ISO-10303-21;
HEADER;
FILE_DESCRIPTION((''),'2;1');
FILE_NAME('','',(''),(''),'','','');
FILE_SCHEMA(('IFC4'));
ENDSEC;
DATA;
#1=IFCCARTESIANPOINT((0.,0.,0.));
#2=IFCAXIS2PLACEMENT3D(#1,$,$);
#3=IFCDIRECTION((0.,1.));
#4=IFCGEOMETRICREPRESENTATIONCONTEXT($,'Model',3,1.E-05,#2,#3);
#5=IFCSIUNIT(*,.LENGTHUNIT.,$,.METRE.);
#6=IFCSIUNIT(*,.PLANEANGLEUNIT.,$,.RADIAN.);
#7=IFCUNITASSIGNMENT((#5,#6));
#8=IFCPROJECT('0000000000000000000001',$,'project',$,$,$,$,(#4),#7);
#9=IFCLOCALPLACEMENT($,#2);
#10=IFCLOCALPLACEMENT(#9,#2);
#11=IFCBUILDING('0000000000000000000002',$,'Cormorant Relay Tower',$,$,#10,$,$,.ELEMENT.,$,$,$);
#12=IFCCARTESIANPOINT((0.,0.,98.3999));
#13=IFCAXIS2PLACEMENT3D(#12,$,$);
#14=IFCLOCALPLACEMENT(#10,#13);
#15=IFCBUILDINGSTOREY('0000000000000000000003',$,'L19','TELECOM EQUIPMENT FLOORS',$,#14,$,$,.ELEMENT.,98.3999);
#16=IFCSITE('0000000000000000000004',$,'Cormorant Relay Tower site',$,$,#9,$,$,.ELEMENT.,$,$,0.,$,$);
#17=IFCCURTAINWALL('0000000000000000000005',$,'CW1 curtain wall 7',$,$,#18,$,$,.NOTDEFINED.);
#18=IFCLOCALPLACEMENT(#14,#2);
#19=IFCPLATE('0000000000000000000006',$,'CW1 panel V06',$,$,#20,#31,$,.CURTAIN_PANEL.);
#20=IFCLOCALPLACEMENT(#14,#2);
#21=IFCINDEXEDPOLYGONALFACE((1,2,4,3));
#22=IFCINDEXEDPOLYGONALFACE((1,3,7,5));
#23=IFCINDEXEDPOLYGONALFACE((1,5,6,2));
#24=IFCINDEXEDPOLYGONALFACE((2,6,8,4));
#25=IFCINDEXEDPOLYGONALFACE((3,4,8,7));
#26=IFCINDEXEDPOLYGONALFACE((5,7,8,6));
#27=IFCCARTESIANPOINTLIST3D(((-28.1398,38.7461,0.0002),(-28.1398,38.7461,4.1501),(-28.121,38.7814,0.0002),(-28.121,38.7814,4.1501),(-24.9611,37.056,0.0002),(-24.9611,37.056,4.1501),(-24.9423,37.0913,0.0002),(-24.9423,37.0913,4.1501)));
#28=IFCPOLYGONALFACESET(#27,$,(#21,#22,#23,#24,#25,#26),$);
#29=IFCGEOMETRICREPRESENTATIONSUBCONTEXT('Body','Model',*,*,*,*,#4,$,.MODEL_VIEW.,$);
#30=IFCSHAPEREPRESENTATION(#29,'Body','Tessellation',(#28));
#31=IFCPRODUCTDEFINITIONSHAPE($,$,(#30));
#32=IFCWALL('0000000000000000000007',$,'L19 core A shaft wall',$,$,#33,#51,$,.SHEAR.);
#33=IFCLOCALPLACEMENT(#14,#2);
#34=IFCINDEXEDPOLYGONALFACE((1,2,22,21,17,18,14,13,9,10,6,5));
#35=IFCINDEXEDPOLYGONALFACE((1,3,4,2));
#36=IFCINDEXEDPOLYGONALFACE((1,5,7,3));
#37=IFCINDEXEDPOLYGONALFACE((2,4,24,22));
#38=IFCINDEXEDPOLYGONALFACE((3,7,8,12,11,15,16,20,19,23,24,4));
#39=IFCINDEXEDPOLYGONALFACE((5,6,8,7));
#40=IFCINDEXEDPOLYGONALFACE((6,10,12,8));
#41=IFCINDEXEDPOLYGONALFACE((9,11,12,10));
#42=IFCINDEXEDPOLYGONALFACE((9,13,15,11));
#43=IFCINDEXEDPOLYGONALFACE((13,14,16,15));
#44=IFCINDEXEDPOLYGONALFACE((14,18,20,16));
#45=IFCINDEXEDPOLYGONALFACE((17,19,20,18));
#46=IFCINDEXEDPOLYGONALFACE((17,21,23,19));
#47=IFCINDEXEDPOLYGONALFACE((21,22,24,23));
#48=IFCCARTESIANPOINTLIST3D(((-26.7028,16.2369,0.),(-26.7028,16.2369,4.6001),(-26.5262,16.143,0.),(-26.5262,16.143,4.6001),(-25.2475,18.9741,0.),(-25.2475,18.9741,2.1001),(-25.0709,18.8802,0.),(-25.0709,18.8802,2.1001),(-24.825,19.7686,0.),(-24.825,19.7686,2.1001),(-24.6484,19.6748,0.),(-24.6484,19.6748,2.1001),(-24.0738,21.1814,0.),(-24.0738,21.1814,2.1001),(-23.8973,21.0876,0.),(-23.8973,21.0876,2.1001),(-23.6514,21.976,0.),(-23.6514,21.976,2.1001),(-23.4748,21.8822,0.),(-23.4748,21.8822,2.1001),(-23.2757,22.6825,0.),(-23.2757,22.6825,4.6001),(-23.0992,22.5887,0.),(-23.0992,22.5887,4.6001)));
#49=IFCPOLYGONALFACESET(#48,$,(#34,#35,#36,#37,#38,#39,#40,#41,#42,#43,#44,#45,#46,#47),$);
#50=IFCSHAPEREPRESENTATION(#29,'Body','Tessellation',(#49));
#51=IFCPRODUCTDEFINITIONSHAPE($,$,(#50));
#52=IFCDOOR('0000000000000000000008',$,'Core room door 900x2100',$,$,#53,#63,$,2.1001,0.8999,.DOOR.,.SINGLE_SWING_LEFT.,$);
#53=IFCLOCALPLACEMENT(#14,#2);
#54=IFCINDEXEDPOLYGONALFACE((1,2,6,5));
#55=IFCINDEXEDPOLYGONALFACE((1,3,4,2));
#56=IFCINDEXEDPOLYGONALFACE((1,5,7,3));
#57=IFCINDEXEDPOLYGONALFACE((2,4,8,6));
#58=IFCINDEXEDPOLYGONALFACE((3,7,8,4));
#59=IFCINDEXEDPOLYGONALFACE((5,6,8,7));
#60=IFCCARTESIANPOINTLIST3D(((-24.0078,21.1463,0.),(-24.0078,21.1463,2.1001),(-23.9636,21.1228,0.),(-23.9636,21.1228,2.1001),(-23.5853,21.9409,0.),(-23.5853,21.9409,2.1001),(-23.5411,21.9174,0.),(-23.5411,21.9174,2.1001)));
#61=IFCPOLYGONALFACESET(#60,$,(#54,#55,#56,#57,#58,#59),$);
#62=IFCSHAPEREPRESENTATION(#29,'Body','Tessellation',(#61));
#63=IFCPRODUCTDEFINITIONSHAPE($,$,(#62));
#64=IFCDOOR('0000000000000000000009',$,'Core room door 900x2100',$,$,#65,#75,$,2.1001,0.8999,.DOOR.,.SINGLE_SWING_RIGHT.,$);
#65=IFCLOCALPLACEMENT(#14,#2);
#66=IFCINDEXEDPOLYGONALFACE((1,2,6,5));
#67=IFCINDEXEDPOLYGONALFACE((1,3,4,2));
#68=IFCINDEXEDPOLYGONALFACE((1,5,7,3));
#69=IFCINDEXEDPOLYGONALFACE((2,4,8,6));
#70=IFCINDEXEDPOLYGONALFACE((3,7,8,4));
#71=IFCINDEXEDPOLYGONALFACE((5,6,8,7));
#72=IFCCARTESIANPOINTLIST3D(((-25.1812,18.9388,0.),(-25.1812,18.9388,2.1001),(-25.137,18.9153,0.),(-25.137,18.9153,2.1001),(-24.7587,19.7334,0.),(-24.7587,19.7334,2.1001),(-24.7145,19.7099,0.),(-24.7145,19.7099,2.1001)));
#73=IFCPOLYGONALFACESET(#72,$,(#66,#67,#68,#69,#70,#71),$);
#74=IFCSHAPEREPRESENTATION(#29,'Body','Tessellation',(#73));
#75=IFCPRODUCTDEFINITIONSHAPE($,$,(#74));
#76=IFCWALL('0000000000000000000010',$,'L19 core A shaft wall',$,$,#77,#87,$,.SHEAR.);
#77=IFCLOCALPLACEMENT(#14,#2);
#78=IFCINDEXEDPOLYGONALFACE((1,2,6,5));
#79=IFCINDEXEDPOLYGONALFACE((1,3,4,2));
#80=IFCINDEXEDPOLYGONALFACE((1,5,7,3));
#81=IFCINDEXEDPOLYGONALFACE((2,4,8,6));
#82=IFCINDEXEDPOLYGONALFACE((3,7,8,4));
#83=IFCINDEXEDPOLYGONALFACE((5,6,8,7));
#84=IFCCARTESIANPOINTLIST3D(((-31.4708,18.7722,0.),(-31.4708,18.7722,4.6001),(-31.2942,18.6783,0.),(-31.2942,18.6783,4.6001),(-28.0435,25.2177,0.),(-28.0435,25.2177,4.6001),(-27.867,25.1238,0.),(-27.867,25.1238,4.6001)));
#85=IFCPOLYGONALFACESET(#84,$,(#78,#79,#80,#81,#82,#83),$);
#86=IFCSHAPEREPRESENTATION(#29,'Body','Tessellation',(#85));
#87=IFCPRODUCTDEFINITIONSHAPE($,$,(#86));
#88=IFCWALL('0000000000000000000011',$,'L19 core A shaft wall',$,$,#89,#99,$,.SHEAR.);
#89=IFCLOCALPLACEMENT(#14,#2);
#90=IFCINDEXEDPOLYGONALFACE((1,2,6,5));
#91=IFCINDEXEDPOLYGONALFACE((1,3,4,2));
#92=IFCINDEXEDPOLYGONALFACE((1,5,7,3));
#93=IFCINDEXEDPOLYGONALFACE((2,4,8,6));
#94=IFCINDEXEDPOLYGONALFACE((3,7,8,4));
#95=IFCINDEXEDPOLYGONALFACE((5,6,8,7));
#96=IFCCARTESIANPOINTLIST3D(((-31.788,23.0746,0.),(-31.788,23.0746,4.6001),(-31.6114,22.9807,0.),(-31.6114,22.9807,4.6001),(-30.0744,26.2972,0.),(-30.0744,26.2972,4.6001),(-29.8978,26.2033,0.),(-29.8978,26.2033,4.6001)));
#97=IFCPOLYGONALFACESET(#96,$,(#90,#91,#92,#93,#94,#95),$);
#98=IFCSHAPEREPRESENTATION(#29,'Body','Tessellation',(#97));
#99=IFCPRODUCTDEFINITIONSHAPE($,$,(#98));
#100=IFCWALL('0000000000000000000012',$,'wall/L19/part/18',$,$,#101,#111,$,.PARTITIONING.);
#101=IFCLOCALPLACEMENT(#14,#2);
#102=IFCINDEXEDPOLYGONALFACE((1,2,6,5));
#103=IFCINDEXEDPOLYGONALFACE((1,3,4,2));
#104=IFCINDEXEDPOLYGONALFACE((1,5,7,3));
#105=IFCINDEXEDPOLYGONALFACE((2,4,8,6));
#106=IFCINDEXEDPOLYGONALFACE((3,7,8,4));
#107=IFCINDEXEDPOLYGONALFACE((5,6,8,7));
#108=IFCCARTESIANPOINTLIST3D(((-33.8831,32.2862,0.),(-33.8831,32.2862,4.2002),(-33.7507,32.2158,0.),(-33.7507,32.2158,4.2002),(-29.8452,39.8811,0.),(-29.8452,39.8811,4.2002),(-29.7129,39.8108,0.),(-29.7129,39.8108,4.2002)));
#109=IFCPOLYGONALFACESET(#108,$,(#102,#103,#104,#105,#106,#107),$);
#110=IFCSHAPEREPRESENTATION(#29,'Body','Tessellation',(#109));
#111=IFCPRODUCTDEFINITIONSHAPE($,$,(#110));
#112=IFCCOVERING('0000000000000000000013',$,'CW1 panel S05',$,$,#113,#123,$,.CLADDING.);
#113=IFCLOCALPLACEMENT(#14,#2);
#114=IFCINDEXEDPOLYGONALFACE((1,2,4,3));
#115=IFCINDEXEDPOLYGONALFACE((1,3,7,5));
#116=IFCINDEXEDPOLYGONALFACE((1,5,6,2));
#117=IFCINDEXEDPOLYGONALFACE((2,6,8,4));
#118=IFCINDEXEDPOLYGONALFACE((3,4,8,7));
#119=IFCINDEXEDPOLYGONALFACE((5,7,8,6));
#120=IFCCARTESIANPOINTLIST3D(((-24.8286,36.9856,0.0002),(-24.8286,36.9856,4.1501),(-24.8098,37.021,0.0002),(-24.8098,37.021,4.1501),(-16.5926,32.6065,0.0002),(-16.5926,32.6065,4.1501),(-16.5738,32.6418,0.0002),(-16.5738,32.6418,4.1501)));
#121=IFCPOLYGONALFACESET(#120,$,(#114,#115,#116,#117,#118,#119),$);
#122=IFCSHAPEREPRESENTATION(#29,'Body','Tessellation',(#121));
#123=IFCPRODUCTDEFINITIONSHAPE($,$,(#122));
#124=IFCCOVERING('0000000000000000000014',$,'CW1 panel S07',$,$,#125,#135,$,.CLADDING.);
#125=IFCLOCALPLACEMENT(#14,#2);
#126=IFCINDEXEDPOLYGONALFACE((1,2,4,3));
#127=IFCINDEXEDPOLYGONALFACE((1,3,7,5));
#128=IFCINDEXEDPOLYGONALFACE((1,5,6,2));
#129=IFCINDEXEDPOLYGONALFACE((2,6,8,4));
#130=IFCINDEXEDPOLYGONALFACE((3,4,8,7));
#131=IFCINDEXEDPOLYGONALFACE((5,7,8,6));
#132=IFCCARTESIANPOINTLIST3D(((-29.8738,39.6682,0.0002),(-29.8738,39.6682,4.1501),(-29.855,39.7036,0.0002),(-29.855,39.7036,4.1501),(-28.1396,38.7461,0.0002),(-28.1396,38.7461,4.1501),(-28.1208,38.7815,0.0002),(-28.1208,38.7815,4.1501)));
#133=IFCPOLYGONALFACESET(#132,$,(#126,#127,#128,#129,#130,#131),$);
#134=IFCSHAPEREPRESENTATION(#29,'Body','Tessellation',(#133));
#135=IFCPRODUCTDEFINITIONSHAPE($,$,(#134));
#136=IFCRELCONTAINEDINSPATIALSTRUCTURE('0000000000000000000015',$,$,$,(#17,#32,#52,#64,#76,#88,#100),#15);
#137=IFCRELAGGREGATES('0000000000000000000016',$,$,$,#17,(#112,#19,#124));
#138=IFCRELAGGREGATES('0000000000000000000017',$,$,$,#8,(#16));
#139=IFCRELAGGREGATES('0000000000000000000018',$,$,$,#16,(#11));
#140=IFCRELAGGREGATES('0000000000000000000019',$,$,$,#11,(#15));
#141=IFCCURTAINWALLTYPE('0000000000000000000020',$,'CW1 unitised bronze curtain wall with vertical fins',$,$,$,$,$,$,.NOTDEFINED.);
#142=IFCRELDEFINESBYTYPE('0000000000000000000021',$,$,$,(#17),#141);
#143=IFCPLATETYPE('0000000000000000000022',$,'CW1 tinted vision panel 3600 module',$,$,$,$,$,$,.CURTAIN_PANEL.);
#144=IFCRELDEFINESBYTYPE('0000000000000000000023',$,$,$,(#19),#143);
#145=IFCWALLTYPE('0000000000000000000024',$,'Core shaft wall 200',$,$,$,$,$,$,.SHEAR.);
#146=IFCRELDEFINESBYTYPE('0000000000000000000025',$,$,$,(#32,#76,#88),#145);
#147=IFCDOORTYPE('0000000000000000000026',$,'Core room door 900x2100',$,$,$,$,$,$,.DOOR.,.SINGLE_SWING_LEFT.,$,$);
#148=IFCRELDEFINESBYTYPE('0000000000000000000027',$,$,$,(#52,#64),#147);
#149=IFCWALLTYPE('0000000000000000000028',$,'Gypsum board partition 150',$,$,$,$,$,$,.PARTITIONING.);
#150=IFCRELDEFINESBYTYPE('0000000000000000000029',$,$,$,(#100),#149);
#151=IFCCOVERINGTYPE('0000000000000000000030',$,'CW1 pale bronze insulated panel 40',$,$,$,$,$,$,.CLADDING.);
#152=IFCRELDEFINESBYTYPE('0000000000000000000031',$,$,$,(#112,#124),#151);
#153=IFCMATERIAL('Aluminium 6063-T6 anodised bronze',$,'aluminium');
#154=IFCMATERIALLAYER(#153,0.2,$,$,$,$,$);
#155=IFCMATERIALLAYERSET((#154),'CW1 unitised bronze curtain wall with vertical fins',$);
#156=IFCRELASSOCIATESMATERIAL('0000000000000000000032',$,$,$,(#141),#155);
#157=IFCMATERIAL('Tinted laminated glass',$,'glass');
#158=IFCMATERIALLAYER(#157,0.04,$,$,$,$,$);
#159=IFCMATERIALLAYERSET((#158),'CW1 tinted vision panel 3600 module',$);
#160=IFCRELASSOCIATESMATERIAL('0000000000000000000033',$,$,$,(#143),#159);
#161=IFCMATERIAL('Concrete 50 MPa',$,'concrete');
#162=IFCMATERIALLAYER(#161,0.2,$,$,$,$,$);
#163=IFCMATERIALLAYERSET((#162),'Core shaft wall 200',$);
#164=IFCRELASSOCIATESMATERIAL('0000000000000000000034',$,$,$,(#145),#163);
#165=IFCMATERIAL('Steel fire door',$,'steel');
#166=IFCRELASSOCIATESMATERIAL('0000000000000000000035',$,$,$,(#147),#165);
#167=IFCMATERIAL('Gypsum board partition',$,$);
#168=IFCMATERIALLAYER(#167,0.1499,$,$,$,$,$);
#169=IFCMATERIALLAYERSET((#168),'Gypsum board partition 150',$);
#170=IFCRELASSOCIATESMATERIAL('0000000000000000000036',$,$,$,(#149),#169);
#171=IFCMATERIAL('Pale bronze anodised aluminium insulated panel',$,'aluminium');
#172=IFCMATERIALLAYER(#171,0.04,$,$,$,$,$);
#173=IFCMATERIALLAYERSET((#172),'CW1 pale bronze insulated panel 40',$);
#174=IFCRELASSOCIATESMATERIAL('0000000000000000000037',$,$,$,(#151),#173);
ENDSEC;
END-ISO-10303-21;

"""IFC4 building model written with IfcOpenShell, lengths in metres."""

from ifc_helpers import new_model, si_unit, direction, frame, frame_2d, origin, origin_2d, place, context, subcontext, project, spatial, rectangle, extrude, material, layer, layer_set, type_object, element, fill, aggregate, save


model = new_model("IFC4")

# Units and contexts
model_context = context("Model", 3, precision=1e-05, world=origin(), true_north=direction((0.0, 1.0)))
body_context = subcontext(model_context, "Body", "Model", "MODEL_VIEW")
ifc_project = project(units=[si_unit("LENGTHUNIT", "METRE"), si_unit("PLANEANGLEUNIT", "RADIAN")], contexts=[model_context])

# Site, building, storey
site_placement = place(None, origin())
site = spatial("IfcSite", under=ifc_project, at=site_placement, Name="Cormorant Relay Tower site", CompositionType="ELEMENT", RefElevation=0.0)
building_placement = place(site_placement, origin())
building = spatial("IfcBuilding", under=site, at=building_placement, Name="Cormorant Relay Tower", CompositionType="ELEMENT")
storey_placement = place(building_placement, frame((0.0, 0.0, 98.3999)))
storey = spatial("IfcBuildingStorey", under=building, at=storey_placement, Name="L19", Description="TELECOM EQUIPMENT FLOORS", CompositionType="ELEMENT", Elevation=98.3999)

# Curtain wall
ifc_material_1 = material(Name="Aluminium 6063-T6 anodised bronze", Category="aluminium")
ifc_layer_1 = layer(ifc_material_1, 0.2)
ifc_layer_set_1 = layer_set([ifc_layer_1], Name="CW1 unitised bronze curtain wall with vertical fins")
curtain_wall_type = type_object("IfcCurtainWallType", Name="CW1 unitised bronze curtain wall with vertical fins", PredefinedType="NOTDEFINED", material=ifc_layer_set_1)
curtain_wall_1_placement = place(storey_placement, origin())
curtain_wall_1 = element("IfcCurtainWall", 1, at=curtain_wall_1_placement, inside=storey, type_object=curtain_wall_type, Name="CW1 curtain wall 7", PredefinedType="NOTDEFINED")

# Plate
ifc_material_2 = material(Name="Tinted laminated glass", Category="glass")
ifc_layer_2 = layer(ifc_material_2, 0.04)
ifc_layer_set_2 = layer_set([ifc_layer_2], Name="CW1 tinted vision panel 3600 module")
plate_type = type_object("IfcPlateType", Name="CW1 tinted vision panel 3600 module", PredefinedType="CURTAIN_PANEL", material=ifc_layer_set_2)
plate_placement = place(storey_placement, frame((-26.541, 37.9187, 0.0002), z_axis=(0.0, 0.0, 1.0), x_axis=(-0.882948, 0.469472, 0.0)))
plate = element("IfcPlate", 2, at=plate_placement, type_object=plate_type, Name="CW1 panel V06", PredefinedType="CURTAIN_PANEL", context=body_context, shape_type="SweptSolid", body=[
    extrude(rectangle(XDim=3.6001, YDim=0.04, at=origin_2d()), origin(), (0.0, 0.0, 1.0), 4.1499),
])

# Wall, openings, doors
ifc_material_3 = material(Name="Concrete 50 MPa", Category="concrete")
ifc_layer_3 = layer(ifc_material_3, 0.2)
ifc_layer_set_3 = layer_set([ifc_layer_3], Name="Core shaft wall 200")
wall_type_1 = type_object("IfcWallType", Name="Core shaft wall 200", PredefinedType="SHEAR", material=ifc_layer_set_3)
wall_1_placement = place(storey_placement, frame((-23.1875, 22.6355, 0.0), z_axis=(0.0, 0.0, 1.0), x_axis=(-0.469454, -0.882957, 0.0)))
wall_1 = element("IfcWall", 3, at=wall_1_placement, inside=storey, type_object=wall_type_1, Name="L19 core A shaft wall", PredefinedType="SHEAR", context=body_context, shape_type="SweptSolid", body=[
    extrude(rectangle(XDim=7.3, YDim=0.2, at=frame_2d((3.6499, 0.0))), origin(), (0.0, 0.0, 1.0), 4.6001),
])
opening_1_placement = place(wall_1_placement, frame((0.8, 0.0, 0.0)))
opening_1 = element("IfcOpeningElement", 4, at=opening_1_placement, cuts=wall_1, PredefinedType="OPENING", context=body_context, shape_type="SweptSolid", body=[
    extrude(rectangle(XDim=0.8999, YDim=2.1001, at=frame_2d((0.45, 1.05))), frame((0.0, 0.1099, 0.0), z_axis=(0.0, -1.0, 0.0), x_axis=(1.0, 0.0, 0.0)), (0.0, 0.0, 1.0), 0.22),
])
opening_2_placement = place(wall_1_placement, frame((3.3, 0.0, 0.0)))
opening_2 = element("IfcOpeningElement", 5, at=opening_2_placement, cuts=wall_1, PredefinedType="OPENING", context=body_context, shape_type="SweptSolid", body=[
    extrude(rectangle(XDim=0.8999, YDim=2.1001, at=frame_2d((0.45, 1.05))), frame((0.0, 0.1099, 0.0), z_axis=(0.0, -1.0, 0.0), x_axis=(1.0, 0.0, 0.0)), (0.0, 0.0, 1.0), 0.22),
])
ifc_material_4 = material(Name="Steel fire door", Category="steel")
door_type_1 = type_object("IfcDoorType", Name="Core room door 900x2100", OperationType="SINGLE_SWING_LEFT", PredefinedType="DOOR", material=ifc_material_4)
door_1_placement = place(opening_1_placement, origin())
door_1 = element("IfcDoor", 6, at=door_1_placement, inside=storey, type_object=door_type_1, Name="Core room door 900x2100", OperationType="SINGLE_SWING_LEFT", OverallHeight=2.1001, OverallWidth=0.8999, PredefinedType="DOOR", context=body_context, shape_type="SweptSolid", body=[
    extrude(rectangle(XDim=0.8999, YDim=2.1001, at=frame_2d((0.45, 1.05))), frame((0.0, 0.0249, 0.0), z_axis=(0.0, -1.0, 0.0), x_axis=(1.0, 0.0, 0.0)), (0.0, 0.0, 1.0), 0.05),
])
fill(opening_1, door_1)
door_2_placement = place(opening_2_placement, frame((0.8999, 0.0, 0.0), z_axis=(0.0, 0.0, 1.0), x_axis=(-1.0, 0.0, 0.0)))
door_2 = element("IfcDoor", 7, at=door_2_placement, inside=storey, type_object=door_type_1, Name="Core room door 900x2100", OperationType="SINGLE_SWING_RIGHT", OverallHeight=2.1001, OverallWidth=0.8999, PredefinedType="DOOR", context=body_context, shape_type="SweptSolid", body=[
    extrude(rectangle(XDim=0.8999, YDim=2.1001, at=frame_2d((0.45, 1.05))), frame((0.0, 0.0249, 0.0), z_axis=(0.0, -1.0, 0.0), x_axis=(1.0, 0.0, 0.0)), (0.0, 0.0, 1.0), 0.05),
])
fill(opening_2, door_2)

# Walls
wall_2_placement = place(storey_placement, frame((-27.9553, 25.1707, 0.0), z_axis=(0.0, 0.0, 1.0), x_axis=(-0.46948, -0.882943, 0.0)))
element("IfcWall", 8, at=wall_2_placement, inside=storey, type_object=wall_type_1, Name="L19 core A shaft wall", PredefinedType="SHEAR", context=body_context, shape_type="SweptSolid", body=[
    extrude(rectangle(XDim=7.3, YDim=0.2, at=frame_2d((3.6499, 0.0))), origin(), (0.0, 0.0, 1.0), 4.6001),
])
wall_3_placement = place(storey_placement, frame((-29.9861, 26.2502, 0.0), z_axis=(0.0, 0.0, 1.0), x_axis=(-0.469494, -0.882936, 0.0)))
element("IfcWall", 9, at=wall_3_placement, inside=storey, type_object=wall_type_1, Name="L19 core A shaft wall", PredefinedType="SHEAR", context=body_context, shape_type="SweptSolid", body=[
    extrude(rectangle(XDim=3.6499, YDim=0.2, at=frame_2d((1.825, 0.0))), origin(), (0.0, 0.0, 1.0), 4.6001),
])

# Wall
ifc_material_5 = material(Name="Gypsum board partition")
ifc_layer_4 = layer(ifc_material_5, 0.1499)
ifc_layer_set_4 = layer_set([ifc_layer_4], Name="Gypsum board partition 150")
wall_type_2 = type_object("IfcWallType", Name="Gypsum board partition 150", PredefinedType="PARTITIONING", material=ifc_layer_set_4)
wall_4_placement = place(storey_placement, frame((-29.7791, 39.8459, 0.0), z_axis=(0.0, 0.0, 1.0), x_axis=(-0.469428, -0.882971, 0.0)))
element("IfcWall", 10, at=wall_4_placement, inside=storey, type_object=wall_type_2, Name="wall/L19/part/18", PredefinedType="PARTITIONING", context=body_context, shape_type="SweptSolid", body=[
    extrude(rectangle(XDim=8.6016, YDim=0.1499, at=frame_2d((4.3008, 0.0))), origin(), (0.0, 0.0, 1.0), 4.2002),
])

# Coverings
ifc_material_6 = material(Name="Pale bronze anodised aluminium insulated panel", Category="aluminium")
ifc_layer_5 = layer(ifc_material_6, 0.04)
ifc_layer_set_5 = layer_set([ifc_layer_5], Name="CW1 pale bronze insulated panel 40")
covering_type = type_object("IfcCoveringType", Name="CW1 pale bronze insulated panel 40", PredefinedType="CLADDING", material=ifc_layer_set_5)
covering_1_placement = place(storey_placement, frame((-20.7012, 34.8137, 0.0002), z_axis=(0.0, 0.0, 1.0), x_axis=(-0.882948, 0.469472, 0.0)))
covering_1 = element("IfcCovering", 11, at=covering_1_placement, type_object=covering_type, Name="CW1 panel S05", PredefinedType="CLADDING", context=body_context, shape_type="SweptSolid", body=[
    extrude(rectangle(XDim=9.3279, YDim=0.04, at=origin_2d()), origin(), (0.0, 0.0, 1.0), 4.1499),
])
covering_2_placement = place(storey_placement, frame((-28.9973, 39.2249, 0.0002), z_axis=(0.0, 0.0, 1.0), x_axis=(-0.882948, 0.469472, 0.0)))
covering_2 = element("IfcCovering", 12, at=covering_2_placement, type_object=covering_type, Name="CW1 panel S07", PredefinedType="CLADDING", context=body_context, shape_type="SweptSolid", body=[
    extrude(rectangle(XDim=1.9641, YDim=0.04, at=origin_2d()), origin(), (0.0, 0.0, 1.0), 4.1499),
])
aggregate(curtain_wall_1, [covering_1, plate, covering_2])

save(model, "model.ifc")
